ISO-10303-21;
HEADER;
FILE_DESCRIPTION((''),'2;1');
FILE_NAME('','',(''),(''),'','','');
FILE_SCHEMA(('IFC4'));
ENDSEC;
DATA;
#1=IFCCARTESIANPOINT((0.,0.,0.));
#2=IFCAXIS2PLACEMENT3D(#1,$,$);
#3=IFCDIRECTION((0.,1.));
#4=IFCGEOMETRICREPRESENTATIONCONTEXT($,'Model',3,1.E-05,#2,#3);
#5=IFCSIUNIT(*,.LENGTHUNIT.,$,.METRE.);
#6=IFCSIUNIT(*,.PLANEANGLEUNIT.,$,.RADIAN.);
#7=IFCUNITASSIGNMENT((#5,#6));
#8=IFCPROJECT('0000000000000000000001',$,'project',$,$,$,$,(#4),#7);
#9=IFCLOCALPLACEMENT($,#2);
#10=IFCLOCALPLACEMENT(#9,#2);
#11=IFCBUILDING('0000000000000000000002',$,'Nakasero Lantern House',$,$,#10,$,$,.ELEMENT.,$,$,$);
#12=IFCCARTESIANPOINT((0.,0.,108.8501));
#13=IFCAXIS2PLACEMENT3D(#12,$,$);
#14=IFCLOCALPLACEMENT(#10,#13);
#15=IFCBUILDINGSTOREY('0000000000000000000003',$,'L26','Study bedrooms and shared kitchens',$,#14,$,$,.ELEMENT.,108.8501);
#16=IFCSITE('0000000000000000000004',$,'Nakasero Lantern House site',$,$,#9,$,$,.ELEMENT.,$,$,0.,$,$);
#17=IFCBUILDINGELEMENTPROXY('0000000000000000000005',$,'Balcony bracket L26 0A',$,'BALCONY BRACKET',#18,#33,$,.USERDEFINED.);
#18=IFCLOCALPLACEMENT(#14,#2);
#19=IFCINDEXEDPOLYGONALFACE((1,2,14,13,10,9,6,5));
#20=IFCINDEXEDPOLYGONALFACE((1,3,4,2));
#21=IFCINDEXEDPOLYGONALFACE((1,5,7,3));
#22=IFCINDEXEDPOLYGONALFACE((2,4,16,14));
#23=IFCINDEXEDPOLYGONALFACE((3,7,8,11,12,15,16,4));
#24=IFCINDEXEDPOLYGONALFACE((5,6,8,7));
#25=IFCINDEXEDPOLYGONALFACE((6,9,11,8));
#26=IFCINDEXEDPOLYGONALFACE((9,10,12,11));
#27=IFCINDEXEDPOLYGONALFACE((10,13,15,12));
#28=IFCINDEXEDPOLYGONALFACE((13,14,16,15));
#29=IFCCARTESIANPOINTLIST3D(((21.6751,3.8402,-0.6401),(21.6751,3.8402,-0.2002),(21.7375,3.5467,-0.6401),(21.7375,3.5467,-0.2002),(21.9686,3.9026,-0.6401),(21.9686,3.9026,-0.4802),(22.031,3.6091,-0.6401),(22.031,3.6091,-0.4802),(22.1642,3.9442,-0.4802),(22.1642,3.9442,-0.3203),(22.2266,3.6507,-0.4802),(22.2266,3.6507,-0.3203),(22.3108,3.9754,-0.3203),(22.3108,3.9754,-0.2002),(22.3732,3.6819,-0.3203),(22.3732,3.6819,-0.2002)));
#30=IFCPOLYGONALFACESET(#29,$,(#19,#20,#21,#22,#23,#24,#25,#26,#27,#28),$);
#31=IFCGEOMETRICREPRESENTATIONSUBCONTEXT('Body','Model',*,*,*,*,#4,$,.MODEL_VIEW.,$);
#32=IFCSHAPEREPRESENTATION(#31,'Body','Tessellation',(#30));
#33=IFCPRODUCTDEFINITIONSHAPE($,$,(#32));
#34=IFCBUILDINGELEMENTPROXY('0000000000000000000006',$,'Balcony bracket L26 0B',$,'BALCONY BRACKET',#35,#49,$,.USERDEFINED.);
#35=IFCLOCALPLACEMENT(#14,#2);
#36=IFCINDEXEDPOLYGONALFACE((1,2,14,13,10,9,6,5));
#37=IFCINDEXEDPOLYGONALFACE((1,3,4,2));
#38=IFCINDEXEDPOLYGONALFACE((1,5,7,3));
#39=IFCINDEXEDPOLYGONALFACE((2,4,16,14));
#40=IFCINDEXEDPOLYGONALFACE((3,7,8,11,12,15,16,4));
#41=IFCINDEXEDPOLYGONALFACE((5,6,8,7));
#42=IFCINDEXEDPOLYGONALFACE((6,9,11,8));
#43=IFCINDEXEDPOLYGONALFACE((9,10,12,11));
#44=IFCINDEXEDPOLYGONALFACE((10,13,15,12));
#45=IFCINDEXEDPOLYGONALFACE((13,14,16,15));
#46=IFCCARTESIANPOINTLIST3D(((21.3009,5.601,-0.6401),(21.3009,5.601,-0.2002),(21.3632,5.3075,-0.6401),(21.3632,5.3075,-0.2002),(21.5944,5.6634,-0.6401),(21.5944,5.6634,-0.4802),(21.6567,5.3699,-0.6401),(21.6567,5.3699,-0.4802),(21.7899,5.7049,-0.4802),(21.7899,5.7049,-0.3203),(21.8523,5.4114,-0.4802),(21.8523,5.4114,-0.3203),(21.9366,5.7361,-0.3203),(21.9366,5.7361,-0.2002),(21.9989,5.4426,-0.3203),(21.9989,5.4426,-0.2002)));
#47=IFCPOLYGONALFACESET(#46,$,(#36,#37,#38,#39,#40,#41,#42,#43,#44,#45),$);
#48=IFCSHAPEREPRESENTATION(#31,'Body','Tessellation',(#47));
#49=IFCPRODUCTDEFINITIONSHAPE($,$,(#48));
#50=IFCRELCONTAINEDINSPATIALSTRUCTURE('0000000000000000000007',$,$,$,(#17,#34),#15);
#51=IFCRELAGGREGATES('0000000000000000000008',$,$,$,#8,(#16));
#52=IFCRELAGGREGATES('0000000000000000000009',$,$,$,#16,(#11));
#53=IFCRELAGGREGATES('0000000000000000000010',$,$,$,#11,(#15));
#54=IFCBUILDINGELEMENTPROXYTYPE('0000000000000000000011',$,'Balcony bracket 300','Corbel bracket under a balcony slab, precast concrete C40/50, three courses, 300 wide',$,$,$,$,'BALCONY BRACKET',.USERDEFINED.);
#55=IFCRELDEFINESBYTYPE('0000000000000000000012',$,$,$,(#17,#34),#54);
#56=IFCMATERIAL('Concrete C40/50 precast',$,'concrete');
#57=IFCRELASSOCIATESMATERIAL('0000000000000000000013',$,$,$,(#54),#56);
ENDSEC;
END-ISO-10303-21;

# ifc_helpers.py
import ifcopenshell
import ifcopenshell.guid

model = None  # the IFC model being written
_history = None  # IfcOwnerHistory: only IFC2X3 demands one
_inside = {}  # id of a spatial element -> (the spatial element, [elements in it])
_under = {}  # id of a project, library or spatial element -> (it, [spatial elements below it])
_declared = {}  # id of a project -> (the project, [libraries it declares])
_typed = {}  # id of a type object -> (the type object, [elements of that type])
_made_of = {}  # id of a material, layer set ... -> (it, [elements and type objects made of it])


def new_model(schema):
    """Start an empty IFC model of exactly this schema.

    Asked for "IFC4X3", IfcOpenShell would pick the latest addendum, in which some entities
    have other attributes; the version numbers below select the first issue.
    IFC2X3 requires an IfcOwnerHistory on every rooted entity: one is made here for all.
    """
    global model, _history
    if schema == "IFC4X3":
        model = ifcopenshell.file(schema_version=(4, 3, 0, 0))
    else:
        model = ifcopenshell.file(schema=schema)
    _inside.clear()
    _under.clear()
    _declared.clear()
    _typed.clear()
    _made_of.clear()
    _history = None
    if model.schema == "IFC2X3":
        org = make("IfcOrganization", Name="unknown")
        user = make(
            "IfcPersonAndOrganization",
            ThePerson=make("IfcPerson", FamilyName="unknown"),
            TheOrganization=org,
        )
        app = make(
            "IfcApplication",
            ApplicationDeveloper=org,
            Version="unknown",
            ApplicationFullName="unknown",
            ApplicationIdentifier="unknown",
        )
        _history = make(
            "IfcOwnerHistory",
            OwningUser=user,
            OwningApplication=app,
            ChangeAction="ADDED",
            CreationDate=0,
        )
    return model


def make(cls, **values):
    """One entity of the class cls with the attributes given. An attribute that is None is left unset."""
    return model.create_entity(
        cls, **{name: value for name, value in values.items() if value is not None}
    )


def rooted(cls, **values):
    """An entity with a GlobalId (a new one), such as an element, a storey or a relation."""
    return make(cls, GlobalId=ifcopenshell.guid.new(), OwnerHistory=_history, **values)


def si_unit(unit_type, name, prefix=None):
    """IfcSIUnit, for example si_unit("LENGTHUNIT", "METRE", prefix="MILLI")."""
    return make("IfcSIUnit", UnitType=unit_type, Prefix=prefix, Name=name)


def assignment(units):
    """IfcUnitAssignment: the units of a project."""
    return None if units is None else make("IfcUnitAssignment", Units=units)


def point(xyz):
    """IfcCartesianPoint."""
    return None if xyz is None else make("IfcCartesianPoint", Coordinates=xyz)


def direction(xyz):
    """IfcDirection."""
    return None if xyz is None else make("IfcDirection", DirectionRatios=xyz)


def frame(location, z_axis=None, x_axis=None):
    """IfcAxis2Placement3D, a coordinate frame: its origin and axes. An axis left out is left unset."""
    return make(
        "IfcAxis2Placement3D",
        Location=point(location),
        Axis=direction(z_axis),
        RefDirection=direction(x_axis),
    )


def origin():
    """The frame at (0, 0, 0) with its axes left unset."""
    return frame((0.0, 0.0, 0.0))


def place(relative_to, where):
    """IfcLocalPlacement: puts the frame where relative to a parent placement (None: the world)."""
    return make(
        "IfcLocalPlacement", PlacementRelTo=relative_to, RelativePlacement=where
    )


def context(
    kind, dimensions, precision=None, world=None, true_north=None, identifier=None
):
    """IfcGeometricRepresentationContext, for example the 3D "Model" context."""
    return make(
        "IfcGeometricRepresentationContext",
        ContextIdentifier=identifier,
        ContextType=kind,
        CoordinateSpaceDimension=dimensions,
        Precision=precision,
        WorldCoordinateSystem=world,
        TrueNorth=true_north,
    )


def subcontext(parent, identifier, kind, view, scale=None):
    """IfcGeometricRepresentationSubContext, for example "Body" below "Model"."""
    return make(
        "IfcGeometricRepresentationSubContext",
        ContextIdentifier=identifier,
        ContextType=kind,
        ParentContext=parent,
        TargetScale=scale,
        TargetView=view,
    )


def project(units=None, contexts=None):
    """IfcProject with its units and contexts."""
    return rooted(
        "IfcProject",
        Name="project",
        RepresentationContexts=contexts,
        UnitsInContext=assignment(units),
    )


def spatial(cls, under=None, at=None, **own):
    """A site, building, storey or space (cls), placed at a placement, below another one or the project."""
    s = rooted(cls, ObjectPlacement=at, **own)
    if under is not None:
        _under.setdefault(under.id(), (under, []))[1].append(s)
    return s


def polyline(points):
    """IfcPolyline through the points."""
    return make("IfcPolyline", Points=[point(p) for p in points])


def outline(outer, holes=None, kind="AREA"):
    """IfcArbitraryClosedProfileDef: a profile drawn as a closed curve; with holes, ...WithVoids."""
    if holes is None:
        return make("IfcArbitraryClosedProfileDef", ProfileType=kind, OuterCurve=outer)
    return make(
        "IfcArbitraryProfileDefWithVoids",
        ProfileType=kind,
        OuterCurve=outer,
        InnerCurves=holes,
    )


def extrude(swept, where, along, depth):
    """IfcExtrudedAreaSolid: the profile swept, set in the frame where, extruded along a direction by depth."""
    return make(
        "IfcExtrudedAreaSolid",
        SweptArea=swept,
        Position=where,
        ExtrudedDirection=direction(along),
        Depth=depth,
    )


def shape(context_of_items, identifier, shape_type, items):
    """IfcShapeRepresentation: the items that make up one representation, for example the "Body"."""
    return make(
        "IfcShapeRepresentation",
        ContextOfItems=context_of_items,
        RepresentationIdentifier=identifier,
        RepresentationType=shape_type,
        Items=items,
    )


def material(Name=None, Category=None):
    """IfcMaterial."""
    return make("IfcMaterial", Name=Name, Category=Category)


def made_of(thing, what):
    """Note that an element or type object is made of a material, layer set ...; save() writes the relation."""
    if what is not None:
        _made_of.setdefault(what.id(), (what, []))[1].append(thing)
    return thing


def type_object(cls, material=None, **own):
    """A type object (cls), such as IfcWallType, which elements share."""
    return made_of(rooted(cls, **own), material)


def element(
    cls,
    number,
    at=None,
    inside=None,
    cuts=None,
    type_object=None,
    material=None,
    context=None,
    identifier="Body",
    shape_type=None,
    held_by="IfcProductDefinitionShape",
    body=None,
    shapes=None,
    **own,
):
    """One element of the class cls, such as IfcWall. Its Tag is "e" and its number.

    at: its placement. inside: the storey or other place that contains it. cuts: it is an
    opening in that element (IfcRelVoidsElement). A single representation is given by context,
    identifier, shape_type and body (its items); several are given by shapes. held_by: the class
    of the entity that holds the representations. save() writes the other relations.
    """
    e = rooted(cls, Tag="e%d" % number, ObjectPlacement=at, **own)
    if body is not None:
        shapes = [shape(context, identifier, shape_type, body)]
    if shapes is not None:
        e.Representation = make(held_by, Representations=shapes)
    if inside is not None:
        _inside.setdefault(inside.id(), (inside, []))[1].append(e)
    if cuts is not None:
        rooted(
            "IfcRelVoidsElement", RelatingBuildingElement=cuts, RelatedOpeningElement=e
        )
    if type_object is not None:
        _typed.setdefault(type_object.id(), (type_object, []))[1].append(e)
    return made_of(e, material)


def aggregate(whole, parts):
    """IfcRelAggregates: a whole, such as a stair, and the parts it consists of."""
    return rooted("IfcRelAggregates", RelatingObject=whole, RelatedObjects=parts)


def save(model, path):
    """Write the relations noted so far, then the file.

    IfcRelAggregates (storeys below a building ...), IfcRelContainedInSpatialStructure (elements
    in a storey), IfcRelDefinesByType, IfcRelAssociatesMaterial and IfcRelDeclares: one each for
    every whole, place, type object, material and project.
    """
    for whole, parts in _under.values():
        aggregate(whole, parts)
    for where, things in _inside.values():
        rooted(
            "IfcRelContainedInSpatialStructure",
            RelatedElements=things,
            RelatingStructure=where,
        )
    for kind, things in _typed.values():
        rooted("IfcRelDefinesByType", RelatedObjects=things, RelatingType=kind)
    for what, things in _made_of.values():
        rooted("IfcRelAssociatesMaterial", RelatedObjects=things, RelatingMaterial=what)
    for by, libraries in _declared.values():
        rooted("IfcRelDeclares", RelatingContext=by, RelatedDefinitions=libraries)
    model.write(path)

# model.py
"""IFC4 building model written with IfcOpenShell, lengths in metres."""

from ifc_helpers import new_model, si_unit, direction, frame, origin, place, context, subcontext, project, spatial, polyline, outline, extrude, material, type_object, element, save


model = new_model("IFC4")

# Units and contexts
model_context = context("Model", 3, precision=1e-05, world=origin(), true_north=direction((0.0, 1.0)))
body_context = subcontext(model_context, "Body", "Model", "MODEL_VIEW")
ifc_project = project(units=[si_unit("LENGTHUNIT", "METRE"), si_unit("PLANEANGLEUNIT", "RADIAN")], contexts=[model_context])

# Site, building, storey
site_placement = place(None, origin())
site = spatial("IfcSite", under=ifc_project, at=site_placement, Name="Nakasero Lantern House site", CompositionType="ELEMENT", RefElevation=0.0)
building_placement = place(site_placement, origin())
building = spatial("IfcBuilding", under=site, at=building_placement, Name="Nakasero Lantern House", CompositionType="ELEMENT")
storey_placement = place(building_placement, frame((0.0, 0.0, 108.8501)))
storey = spatial("IfcBuildingStorey", under=building, at=storey_placement, Name="L26", Description="Study bedrooms and shared kitchens", CompositionType="ELEMENT", Elevation=108.8501)

# Building element proxies
ifc_material_1 = material(Name="Concrete C40/50 precast", Category="concrete")
building_element_proxy_type = type_object("IfcBuildingElementProxyType", Name="Balcony bracket 300", Description="Corbel bracket under a balcony slab, precast concrete C40/50, three courses, 300 wide", ElementType="BALCONY BRACKET", PredefinedType="USERDEFINED", material=ifc_material_1)
for number, where, z_axis, x_axis, name in (
    (1, (21.7063, 3.6936, -0.2002), (0.0, 0.0, 1.0), (0.978148, 0.207912, 0.0), "Balcony bracket L26 0A"),
    (2, (21.332, 5.4543, -0.2002), (0.0, 0.0, 1.0), (0.978148, 0.207912, 0.0), "Balcony bracket L26 0B"),
):
    element("IfcBuildingElementProxy", number, at=place(storey_placement, frame(where, z_axis=z_axis, x_axis=x_axis)), inside=storey, type_object=building_element_proxy_type, Name=name, ObjectType="BALCONY BRACKET", PredefinedType="USERDEFINED", context=body_context, shape_type="SweptSolid", body=[
        extrude(outline(polyline([(0.0, 0.0), (0.6499, 0.0), (0.6499, -0.1201), (0.5, -0.1201), (0.5, -0.28), (0.3, -0.28), (0.3, -0.4399), (0.0, -0.4399), (0.0, 0.0)])), frame((0.0, 0.1499, 0.0), z_axis=(0.0, -1.0, 0.0), x_axis=(1.0, 0.0, 0.0)), (0.0, 0.0, 1.0), 0.3),
    ])

save(model, "model.ifc")
